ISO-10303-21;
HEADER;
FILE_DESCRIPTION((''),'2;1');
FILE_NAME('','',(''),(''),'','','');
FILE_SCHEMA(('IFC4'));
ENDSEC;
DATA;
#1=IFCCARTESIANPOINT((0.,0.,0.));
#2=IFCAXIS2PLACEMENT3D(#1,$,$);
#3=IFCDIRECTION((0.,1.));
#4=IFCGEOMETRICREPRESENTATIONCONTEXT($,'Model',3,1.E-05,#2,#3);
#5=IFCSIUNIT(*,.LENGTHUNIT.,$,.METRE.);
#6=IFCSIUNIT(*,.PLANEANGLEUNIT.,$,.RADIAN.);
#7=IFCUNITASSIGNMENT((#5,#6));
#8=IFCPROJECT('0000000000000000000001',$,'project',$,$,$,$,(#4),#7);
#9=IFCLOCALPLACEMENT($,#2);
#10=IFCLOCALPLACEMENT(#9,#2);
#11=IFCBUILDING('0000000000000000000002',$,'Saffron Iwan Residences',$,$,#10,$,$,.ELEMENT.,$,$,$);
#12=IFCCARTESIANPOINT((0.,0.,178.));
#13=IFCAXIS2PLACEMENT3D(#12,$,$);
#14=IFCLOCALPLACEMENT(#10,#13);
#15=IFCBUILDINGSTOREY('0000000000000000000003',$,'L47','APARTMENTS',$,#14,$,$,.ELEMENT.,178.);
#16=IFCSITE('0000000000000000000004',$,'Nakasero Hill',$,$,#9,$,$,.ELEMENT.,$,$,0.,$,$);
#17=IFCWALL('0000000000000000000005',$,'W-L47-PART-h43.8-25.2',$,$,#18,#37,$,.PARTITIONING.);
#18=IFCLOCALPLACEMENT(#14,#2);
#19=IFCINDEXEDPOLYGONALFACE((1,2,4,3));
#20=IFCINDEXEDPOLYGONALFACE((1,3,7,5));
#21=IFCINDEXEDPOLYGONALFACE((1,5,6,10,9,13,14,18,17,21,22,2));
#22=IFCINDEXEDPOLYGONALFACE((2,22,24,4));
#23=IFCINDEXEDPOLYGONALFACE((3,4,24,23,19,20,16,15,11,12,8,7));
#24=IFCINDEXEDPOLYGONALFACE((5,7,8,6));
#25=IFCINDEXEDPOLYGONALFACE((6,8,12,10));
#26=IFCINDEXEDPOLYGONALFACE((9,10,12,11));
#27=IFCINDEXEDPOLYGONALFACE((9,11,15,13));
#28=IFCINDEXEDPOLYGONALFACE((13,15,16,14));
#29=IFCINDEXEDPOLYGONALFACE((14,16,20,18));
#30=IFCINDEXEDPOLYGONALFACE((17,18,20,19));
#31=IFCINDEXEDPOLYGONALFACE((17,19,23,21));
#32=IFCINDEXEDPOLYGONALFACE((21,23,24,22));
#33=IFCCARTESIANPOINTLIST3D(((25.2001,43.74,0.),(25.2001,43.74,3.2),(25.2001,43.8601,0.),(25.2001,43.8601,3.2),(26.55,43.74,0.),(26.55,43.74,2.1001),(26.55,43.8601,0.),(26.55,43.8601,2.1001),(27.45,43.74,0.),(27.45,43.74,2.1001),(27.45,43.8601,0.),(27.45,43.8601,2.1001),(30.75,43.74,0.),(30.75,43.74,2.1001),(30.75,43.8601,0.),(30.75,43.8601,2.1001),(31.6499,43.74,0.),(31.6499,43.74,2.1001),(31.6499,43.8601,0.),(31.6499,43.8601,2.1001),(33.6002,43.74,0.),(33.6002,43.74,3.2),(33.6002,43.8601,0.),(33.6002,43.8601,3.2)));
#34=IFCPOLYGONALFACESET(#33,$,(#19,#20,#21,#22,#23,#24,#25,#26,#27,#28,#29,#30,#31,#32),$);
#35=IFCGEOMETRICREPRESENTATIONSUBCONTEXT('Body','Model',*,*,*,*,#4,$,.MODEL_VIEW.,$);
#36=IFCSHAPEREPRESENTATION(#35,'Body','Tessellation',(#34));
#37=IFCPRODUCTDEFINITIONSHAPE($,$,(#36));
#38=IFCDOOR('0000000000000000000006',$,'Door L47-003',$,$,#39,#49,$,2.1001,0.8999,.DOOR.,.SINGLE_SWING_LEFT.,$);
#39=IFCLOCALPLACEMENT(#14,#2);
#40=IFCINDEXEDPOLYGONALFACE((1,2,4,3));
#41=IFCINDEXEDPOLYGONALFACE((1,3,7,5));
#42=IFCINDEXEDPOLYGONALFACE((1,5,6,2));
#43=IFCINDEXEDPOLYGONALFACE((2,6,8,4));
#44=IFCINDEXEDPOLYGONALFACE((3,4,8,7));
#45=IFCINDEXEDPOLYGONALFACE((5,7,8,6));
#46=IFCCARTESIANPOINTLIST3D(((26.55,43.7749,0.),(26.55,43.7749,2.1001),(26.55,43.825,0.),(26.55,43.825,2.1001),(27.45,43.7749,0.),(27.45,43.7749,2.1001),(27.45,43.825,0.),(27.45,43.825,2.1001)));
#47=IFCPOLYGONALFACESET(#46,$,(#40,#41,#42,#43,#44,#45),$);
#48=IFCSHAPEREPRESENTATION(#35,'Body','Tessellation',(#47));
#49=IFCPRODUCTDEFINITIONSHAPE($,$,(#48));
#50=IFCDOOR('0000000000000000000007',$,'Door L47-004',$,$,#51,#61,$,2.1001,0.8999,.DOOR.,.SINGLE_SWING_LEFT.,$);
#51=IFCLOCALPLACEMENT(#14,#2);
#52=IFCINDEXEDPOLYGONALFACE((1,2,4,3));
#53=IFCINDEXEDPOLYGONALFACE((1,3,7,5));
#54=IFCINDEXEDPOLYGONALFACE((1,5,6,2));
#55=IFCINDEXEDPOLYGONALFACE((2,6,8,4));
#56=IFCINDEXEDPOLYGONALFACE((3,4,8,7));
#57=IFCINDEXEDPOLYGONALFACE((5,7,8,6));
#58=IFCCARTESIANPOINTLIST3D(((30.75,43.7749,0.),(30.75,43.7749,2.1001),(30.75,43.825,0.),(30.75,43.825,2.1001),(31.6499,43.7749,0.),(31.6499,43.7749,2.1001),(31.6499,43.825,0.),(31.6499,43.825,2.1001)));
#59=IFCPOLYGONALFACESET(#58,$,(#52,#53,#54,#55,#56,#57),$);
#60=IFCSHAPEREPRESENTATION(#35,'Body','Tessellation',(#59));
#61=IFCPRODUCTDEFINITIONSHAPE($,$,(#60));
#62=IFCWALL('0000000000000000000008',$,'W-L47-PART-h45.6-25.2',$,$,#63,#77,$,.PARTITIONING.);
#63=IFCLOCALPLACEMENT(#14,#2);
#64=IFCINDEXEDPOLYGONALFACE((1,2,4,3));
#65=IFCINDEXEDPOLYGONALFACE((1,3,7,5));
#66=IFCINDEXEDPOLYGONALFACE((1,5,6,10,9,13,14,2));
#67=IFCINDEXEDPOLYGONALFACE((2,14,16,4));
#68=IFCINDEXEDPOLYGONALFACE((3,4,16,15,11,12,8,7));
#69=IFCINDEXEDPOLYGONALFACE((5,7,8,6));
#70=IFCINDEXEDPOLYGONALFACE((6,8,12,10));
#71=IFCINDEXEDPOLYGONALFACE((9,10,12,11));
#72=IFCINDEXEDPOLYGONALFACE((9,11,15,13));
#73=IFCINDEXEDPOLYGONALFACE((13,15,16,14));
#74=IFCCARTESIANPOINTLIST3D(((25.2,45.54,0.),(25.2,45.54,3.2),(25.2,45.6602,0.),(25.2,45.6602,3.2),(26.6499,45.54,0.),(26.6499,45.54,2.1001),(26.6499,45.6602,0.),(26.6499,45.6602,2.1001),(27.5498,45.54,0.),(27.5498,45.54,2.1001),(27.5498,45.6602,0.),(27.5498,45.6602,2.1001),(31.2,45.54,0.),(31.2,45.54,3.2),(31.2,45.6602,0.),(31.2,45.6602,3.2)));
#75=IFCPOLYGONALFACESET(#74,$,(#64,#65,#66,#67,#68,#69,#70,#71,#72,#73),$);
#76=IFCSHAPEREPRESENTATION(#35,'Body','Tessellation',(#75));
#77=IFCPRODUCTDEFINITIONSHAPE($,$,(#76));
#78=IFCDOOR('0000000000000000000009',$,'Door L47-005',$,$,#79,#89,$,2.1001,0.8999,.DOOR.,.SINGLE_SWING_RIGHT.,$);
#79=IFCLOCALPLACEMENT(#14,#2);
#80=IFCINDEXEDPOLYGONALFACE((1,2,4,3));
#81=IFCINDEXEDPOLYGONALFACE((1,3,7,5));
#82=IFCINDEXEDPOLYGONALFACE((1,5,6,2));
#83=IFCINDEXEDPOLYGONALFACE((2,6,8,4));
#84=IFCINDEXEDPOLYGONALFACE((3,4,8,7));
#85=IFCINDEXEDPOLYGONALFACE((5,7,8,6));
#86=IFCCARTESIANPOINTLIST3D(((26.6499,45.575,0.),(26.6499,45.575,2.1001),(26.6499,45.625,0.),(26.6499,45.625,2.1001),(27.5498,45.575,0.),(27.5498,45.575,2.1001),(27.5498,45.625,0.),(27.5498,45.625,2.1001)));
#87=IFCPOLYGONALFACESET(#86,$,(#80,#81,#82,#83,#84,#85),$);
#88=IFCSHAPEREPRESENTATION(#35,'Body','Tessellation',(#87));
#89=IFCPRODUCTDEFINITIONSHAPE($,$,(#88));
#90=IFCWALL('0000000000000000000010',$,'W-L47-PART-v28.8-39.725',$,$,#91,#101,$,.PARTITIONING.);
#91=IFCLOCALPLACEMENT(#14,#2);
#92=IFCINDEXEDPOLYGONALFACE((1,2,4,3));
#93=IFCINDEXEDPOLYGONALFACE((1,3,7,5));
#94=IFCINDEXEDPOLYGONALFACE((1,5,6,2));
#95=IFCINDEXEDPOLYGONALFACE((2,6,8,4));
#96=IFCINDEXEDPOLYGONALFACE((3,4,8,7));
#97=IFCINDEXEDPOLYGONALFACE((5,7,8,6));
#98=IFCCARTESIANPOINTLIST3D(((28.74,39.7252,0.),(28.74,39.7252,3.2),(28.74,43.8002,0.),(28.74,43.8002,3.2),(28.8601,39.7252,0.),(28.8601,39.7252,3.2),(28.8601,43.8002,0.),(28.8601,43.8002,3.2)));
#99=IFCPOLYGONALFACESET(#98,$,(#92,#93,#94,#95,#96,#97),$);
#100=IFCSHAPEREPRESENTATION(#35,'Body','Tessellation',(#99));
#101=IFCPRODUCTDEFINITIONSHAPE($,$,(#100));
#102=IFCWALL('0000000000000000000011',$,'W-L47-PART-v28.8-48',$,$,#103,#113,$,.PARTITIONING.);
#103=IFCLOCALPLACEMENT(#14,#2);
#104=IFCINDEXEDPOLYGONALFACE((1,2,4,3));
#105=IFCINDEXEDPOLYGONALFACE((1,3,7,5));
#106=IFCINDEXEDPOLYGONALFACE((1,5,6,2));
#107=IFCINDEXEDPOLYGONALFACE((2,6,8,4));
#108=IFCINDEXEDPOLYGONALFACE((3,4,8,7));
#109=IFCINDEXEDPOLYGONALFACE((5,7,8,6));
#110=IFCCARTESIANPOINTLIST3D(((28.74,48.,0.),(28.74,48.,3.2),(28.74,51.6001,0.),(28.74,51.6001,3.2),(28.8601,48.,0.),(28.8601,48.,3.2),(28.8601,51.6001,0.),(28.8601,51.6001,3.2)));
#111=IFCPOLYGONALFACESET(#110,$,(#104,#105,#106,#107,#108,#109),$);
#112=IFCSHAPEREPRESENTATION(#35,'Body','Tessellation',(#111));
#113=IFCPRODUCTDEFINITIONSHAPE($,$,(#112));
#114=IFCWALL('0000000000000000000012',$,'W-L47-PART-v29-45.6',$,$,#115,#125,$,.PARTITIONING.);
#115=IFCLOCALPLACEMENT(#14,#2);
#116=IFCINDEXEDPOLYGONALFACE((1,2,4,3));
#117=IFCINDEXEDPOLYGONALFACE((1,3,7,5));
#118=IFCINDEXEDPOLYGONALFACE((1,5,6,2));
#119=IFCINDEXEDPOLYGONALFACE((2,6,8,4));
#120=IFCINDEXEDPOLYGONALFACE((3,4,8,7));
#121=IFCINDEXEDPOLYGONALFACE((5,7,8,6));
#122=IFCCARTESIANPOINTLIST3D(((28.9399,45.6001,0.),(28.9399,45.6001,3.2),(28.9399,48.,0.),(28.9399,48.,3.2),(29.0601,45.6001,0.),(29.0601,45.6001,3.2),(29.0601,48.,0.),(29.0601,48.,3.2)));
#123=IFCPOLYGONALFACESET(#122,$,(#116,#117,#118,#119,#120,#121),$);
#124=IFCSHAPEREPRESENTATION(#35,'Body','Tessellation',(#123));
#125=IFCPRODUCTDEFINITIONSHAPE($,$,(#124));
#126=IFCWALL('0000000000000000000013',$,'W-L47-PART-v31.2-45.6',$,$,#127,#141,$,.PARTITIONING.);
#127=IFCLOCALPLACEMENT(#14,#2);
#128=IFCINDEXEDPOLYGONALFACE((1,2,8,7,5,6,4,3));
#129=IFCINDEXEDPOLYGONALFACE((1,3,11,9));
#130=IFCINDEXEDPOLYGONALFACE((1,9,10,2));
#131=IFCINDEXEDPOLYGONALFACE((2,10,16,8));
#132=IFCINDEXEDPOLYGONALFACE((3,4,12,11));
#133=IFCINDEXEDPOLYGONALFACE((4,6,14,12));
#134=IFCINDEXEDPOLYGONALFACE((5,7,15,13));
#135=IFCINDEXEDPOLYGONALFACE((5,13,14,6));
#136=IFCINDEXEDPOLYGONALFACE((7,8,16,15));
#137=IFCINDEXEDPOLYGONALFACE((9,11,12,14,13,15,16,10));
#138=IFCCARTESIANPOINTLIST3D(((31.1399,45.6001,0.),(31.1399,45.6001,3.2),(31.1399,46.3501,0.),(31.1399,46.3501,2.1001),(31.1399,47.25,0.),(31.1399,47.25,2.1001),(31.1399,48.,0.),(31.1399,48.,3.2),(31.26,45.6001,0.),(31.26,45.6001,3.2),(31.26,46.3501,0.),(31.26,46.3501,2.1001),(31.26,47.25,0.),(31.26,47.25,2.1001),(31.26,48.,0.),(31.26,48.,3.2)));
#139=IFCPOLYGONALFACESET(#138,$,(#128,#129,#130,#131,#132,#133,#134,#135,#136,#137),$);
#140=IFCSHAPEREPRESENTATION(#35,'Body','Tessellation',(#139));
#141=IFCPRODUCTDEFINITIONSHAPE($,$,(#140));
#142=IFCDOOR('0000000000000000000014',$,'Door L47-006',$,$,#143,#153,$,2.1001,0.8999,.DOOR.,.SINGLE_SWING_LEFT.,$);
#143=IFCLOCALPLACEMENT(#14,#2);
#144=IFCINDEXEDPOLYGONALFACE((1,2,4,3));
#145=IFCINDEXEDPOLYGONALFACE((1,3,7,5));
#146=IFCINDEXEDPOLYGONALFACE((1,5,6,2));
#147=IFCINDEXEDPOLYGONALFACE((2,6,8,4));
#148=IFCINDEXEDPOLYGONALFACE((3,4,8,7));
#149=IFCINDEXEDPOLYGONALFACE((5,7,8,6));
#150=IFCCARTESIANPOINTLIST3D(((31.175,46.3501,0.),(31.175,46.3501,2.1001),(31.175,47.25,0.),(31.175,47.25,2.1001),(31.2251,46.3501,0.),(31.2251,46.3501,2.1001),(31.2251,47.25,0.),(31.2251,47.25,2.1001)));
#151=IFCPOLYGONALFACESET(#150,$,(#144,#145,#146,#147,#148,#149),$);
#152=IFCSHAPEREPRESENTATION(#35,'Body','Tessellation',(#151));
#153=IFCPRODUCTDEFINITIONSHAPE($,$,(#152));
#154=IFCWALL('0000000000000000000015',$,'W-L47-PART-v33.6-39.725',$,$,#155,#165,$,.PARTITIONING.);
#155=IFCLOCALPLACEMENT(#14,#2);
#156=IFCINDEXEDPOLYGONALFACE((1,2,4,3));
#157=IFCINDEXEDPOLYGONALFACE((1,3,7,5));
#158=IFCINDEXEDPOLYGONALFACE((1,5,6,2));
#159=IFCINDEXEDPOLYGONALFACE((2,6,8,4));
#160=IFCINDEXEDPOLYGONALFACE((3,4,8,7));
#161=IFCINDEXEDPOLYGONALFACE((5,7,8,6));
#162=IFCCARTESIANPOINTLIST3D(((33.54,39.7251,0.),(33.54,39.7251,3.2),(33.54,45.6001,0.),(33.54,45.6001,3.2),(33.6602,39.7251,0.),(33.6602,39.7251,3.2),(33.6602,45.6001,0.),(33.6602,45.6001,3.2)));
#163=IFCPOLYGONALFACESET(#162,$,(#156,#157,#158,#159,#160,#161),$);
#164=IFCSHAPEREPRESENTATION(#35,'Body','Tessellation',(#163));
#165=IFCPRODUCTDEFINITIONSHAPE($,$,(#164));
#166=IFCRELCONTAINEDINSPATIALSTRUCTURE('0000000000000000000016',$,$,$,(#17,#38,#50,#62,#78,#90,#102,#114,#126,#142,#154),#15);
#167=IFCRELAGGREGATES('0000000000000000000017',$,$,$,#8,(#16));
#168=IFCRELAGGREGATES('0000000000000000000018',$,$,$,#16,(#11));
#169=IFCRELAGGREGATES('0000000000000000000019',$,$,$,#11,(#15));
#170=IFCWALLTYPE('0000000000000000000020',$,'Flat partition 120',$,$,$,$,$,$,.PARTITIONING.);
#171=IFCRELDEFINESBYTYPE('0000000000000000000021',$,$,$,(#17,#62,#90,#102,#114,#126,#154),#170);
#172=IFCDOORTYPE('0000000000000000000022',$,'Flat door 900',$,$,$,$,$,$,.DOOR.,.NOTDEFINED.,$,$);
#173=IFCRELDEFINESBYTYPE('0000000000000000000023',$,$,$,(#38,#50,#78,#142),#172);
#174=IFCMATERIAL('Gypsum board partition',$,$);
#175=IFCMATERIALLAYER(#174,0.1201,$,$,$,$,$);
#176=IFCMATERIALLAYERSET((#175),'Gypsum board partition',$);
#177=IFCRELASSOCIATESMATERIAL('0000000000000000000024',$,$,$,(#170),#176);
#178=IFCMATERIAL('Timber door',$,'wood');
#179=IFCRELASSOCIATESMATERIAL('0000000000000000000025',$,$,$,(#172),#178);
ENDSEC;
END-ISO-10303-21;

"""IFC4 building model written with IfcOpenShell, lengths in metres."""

from ifc_helpers import new_model, si_unit, direction, frame, frame_2d, origin, place, context, subcontext, project, spatial, rectangle, extrude, material, layer, layer_set, type_object, element, fill, save


model = new_model("IFC4")

# Units and contexts
model_context = context("Model", 3, precision=1e-05, world=origin(), true_north=direction((0.0, 1.0)))
body_context = subcontext(model_context, "Body", "Model", "MODEL_VIEW")
ifc_project = project(units=[si_unit("LENGTHUNIT", "METRE"), si_unit("PLANEANGLEUNIT", "RADIAN")], contexts=[model_context])

# Site, building, storey
site_placement = place(None, origin())
site = spatial("IfcSite", under=ifc_project, at=site_placement, Name="Nakasero Hill", CompositionType="ELEMENT", RefElevation=0.0)
building_placement = place(site_placement, origin())
building = spatial("IfcBuilding", under=site, at=building_placement, Name="Saffron Iwan Residences", CompositionType="ELEMENT")
storey_placement = place(building_placement, frame((0.0, 0.0, 178.0)))
storey = spatial("IfcBuildingStorey", under=building, at=storey_placement, Name="L47", Description="APARTMENTS", CompositionType="ELEMENT", Elevation=178.0)

# Wall, openings, doors
ifc_material_1 = material(Name="Gypsum board partition")
ifc_layer_1 = layer(ifc_material_1, 0.1201)
ifc_layer_set_1 = layer_set([ifc_layer_1], Name="Gypsum board partition")
wall_type_1 = type_object("IfcWallType", Name="Flat partition 120", PredefinedType="PARTITIONING", material=ifc_layer_set_1)
wall_1_placement = place(storey_placement, frame((25.2, 43.8, 0.0), z_axis=(0.0, 0.0, 1.0), x_axis=(1.0, 0.0, 0.0)))
wall_1 = element("IfcWall", 1, at=wall_1_placement, inside=storey, type_object=wall_type_1, Name="W-L47-PART-h43.8-25.2", PredefinedType="PARTITIONING", context=body_context, shape_type="SweptSolid", body=[
    extrude(rectangle(XDim=8.4001, YDim=0.1201, at=frame_2d((4.2002, 0.0))), origin(), (0.0, 0.0, 1.0), 3.2),
])
opening_1_placement = place(wall_1_placement, frame((1.3501, 0.0, 0.0)))
opening_1 = element("IfcOpeningElement", 2, at=opening_1_placement, cuts=wall_1, PredefinedType="OPENING", context=body_context, shape_type="SweptSolid", body=[
    extrude(rectangle(XDim=0.8999, YDim=2.1001, at=frame_2d((0.45, 1.05))), frame((0.0, 0.0701, 0.0), z_axis=(0.0, -1.0, 0.0), x_axis=(1.0, 0.0, 0.0)), (0.0, 0.0, 1.0), 0.1401),
])
opening_2_placement = place(wall_1_placement, frame((5.55, 0.0, 0.0)))
opening_2 = element("IfcOpeningElement", 3, at=opening_2_placement, cuts=wall_1, PredefinedType="OPENING", context=body_context, shape_type="SweptSolid", body=[
    extrude(rectangle(XDim=0.8999, YDim=2.1001, at=frame_2d((0.45, 1.05))), frame((0.0, 0.0701, 0.0), z_axis=(0.0, -1.0, 0.0), x_axis=(1.0, 0.0, 0.0)), (0.0, 0.0, 1.0), 0.1401),
])
ifc_material_2 = material(Name="Timber door", Category="wood")
door_type_1 = type_object("IfcDoorType", Name="Flat door 900", OperationType="NOTDEFINED", PredefinedType="DOOR", material=ifc_material_2)
door_1_placement = place(opening_1_placement, origin())
door_1 = element("IfcDoor", 4, at=door_1_placement, inside=storey, type_object=door_type_1, Name="Door L47-003", OperationType="SINGLE_SWING_LEFT", OverallHeight=2.1001, OverallWidth=0.8999, PredefinedType="DOOR", context=body_context, shape_type="SweptSolid", body=[
    extrude(rectangle(XDim=0.8999, YDim=2.1001, at=frame_2d((0.45, 1.05))), frame((0.0, 0.0249, 0.0), z_axis=(0.0, -1.0, 0.0), x_axis=(1.0, 0.0, 0.0)), (0.0, 0.0, 1.0), 0.05),
])
fill(opening_1, door_1)
door_2_placement = place(opening_2_placement, origin())
door_2 = element("IfcDoor", 5, at=door_2_placement, inside=storey, type_object=door_type_1, Name="Door L47-004", OperationType="SINGLE_SWING_LEFT", OverallHeight=2.1001, OverallWidth=0.8999, PredefinedType="DOOR", context=body_context, shape_type="SweptSolid", body=[
    extrude(rectangle(XDim=0.8999, YDim=2.1001, at=frame_2d((0.45, 1.05))), frame((0.0, 0.0249, 0.0), z_axis=(0.0, -1.0, 0.0), x_axis=(1.0, 0.0, 0.0)), (0.0, 0.0, 1.0), 0.05),
])
fill(opening_2, door_2)

# Wall, opening, door
wall_2_placement = place(storey_placement, frame((25.2, 45.6001, 0.0), z_axis=(0.0, 0.0, 1.0), x_axis=(1.0, 0.0, 0.0)))
wall_2 = element("IfcWall", 6, at=wall_2_placement, inside=storey, type_object=wall_type_1, Name="W-L47-PART-h45.6-25.2", PredefinedType="PARTITIONING", context=body_context, shape_type="SweptSolid", body=[
    extrude(rectangle(XDim=6.0, YDim=0.1201, at=frame_2d((3.0, 0.0))), origin(), (0.0, 0.0, 1.0), 3.2),
])
opening_3_placement = place(wall_2_placement, frame((1.45, 0.0, 0.0)))
opening_3 = element("IfcOpeningElement", 7, at=opening_3_placement, cuts=wall_2, PredefinedType="OPENING", context=body_context, shape_type="SweptSolid", body=[
    extrude(rectangle(XDim=0.8999, YDim=2.1001, at=frame_2d((0.45, 1.05))), frame((0.0, 0.0701, 0.0), z_axis=(0.0, -1.0, 0.0), x_axis=(1.0, 0.0, 0.0)), (0.0, 0.0, 1.0), 0.1401),
])
door_3_placement = place(opening_3_placement, origin())
door_3 = element("IfcDoor", 8, at=door_3_placement, inside=storey, type_object=door_type_1, Name="Door L47-005", OperationType="SINGLE_SWING_RIGHT", OverallHeight=2.1001, OverallWidth=0.8999, PredefinedType="DOOR", context=body_context, shape_type="SweptSolid", body=[
    extrude(rectangle(XDim=0.8999, YDim=2.1001, at=frame_2d((0.45, 1.05))), frame((0.0, 0.0249, 0.0), z_axis=(0.0, -1.0, 0.0), x_axis=(1.0, 0.0, 0.0)), (0.0, 0.0, 1.0), 0.05),
])
fill(opening_3, door_3)

# Walls
wall_3_placement = place(storey_placement, frame((28.8, 39.7251, 0.0), z_axis=(0.0, 0.0, 1.0), x_axis=(0.0, 1.0, 0.0)))
element("IfcWall", 9, at=wall_3_placement, inside=storey, type_object=wall_type_1, Name="W-L47-PART-v28.8-39.725", PredefinedType="PARTITIONING", context=body_context, shape_type="SweptSolid", body=[
    extrude(rectangle(XDim=4.075, YDim=0.1201, at=frame_2d((2.0376, 0.0))), origin(), (0.0, 0.0, 1.0), 3.2),
])
wall_4_placement = place(storey_placement, frame((28.8, 48.0, 0.0), z_axis=(0.0, 0.0, 1.0), x_axis=(0.0, 1.0, 0.0)))
element("IfcWall", 10, at=wall_4_placement, inside=storey, type_object=wall_type_1, Name="W-L47-PART-v28.8-48", PredefinedType="PARTITIONING", context=body_context, shape_type="SweptSolid", body=[
    extrude(rectangle(XDim=3.6001, YDim=0.1201, at=frame_2d((1.8, 0.0))), origin(), (0.0, 0.0, 1.0), 3.2),
])
wall_5_placement = place(storey_placement, frame((29.0, 45.6001, 0.0), z_axis=(0.0, 0.0, 1.0), x_axis=(0.0, 1.0, 0.0)))
element("IfcWall", 11, at=wall_5_placement, inside=storey, type_object=wall_type_1, Name="W-L47-PART-v29-45.6", PredefinedType="PARTITIONING", context=body_context, shape_type="SweptSolid", body=[
    extrude(rectangle(XDim=2.3999, YDim=0.1201, at=frame_2d((1.2, 0.0))), origin(), (0.0, 0.0, 1.0), 3.2),
])

# Wall, opening, door
wall_6_placement = place(storey_placement, frame((31.2, 45.6001, 0.0), z_axis=(0.0, 0.0, 1.0), x_axis=(0.0, 1.0, 0.0)))
wall_6 = element("IfcWall", 12, at=wall_6_placement, inside=storey, type_object=wall_type_1, Name="W-L47-PART-v31.2-45.6", PredefinedType="PARTITIONING", context=body_context, shape_type="SweptSolid", body=[
    extrude(rectangle(XDim=2.3999, YDim=0.1201, at=frame_2d((1.2, 0.0))), origin(), (0.0, 0.0, 1.0), 3.2),
])
opening_4_placement = place(wall_6_placement, frame((0.75, 0.0, 0.0)))
opening_4 = element("IfcOpeningElement", 13, at=opening_4_placement, cuts=wall_6, PredefinedType="OPENING", context=body_context, shape_type="SweptSolid", body=[
    extrude(rectangle(XDim=0.8999, YDim=2.1001, at=frame_2d((0.45, 1.05))), frame((0.0, 0.0701, 0.0), z_axis=(0.0, -1.0, 0.0), x_axis=(1.0, 0.0, 0.0)), (0.0, 0.0, 1.0), 0.1401),
])
door_4_placement = place(opening_4_placement, origin())
door_4 = element("IfcDoor", 14, at=door_4_placement, inside=storey, type_object=door_type_1, Name="Door L47-006", OperationType="SINGLE_SWING_LEFT", OverallHeight=2.1001, OverallWidth=0.8999, PredefinedType="DOOR", context=body_context, shape_type="SweptSolid", body=[
    extrude(rectangle(XDim=0.8999, YDim=2.1001, at=frame_2d((0.45, 1.05))), frame((0.0, 0.0249, 0.0), z_axis=(0.0, -1.0, 0.0), x_axis=(1.0, 0.0, 0.0)), (0.0, 0.0, 1.0), 0.05),
])
fill(opening_4, door_4)

# Wall
wall_7_placement = place(storey_placement, frame((33.6001, 39.7251, 0.0), z_axis=(0.0, 0.0, 1.0), x_axis=(0.0, 1.0, 0.0)))
element("IfcWall", 15, at=wall_7_placement, inside=storey, type_object=wall_type_1, Name="W-L47-PART-v33.6-39.725", PredefinedType="PARTITIONING", context=body_context, shape_type="SweptSolid", body=[
    extrude(rectangle(XDim=5.875, YDim=0.1201, at=frame_2d((2.9375, 0.0))), origin(), (0.0, 0.0, 1.0), 3.2),
])

save(model, "model.ifc")
